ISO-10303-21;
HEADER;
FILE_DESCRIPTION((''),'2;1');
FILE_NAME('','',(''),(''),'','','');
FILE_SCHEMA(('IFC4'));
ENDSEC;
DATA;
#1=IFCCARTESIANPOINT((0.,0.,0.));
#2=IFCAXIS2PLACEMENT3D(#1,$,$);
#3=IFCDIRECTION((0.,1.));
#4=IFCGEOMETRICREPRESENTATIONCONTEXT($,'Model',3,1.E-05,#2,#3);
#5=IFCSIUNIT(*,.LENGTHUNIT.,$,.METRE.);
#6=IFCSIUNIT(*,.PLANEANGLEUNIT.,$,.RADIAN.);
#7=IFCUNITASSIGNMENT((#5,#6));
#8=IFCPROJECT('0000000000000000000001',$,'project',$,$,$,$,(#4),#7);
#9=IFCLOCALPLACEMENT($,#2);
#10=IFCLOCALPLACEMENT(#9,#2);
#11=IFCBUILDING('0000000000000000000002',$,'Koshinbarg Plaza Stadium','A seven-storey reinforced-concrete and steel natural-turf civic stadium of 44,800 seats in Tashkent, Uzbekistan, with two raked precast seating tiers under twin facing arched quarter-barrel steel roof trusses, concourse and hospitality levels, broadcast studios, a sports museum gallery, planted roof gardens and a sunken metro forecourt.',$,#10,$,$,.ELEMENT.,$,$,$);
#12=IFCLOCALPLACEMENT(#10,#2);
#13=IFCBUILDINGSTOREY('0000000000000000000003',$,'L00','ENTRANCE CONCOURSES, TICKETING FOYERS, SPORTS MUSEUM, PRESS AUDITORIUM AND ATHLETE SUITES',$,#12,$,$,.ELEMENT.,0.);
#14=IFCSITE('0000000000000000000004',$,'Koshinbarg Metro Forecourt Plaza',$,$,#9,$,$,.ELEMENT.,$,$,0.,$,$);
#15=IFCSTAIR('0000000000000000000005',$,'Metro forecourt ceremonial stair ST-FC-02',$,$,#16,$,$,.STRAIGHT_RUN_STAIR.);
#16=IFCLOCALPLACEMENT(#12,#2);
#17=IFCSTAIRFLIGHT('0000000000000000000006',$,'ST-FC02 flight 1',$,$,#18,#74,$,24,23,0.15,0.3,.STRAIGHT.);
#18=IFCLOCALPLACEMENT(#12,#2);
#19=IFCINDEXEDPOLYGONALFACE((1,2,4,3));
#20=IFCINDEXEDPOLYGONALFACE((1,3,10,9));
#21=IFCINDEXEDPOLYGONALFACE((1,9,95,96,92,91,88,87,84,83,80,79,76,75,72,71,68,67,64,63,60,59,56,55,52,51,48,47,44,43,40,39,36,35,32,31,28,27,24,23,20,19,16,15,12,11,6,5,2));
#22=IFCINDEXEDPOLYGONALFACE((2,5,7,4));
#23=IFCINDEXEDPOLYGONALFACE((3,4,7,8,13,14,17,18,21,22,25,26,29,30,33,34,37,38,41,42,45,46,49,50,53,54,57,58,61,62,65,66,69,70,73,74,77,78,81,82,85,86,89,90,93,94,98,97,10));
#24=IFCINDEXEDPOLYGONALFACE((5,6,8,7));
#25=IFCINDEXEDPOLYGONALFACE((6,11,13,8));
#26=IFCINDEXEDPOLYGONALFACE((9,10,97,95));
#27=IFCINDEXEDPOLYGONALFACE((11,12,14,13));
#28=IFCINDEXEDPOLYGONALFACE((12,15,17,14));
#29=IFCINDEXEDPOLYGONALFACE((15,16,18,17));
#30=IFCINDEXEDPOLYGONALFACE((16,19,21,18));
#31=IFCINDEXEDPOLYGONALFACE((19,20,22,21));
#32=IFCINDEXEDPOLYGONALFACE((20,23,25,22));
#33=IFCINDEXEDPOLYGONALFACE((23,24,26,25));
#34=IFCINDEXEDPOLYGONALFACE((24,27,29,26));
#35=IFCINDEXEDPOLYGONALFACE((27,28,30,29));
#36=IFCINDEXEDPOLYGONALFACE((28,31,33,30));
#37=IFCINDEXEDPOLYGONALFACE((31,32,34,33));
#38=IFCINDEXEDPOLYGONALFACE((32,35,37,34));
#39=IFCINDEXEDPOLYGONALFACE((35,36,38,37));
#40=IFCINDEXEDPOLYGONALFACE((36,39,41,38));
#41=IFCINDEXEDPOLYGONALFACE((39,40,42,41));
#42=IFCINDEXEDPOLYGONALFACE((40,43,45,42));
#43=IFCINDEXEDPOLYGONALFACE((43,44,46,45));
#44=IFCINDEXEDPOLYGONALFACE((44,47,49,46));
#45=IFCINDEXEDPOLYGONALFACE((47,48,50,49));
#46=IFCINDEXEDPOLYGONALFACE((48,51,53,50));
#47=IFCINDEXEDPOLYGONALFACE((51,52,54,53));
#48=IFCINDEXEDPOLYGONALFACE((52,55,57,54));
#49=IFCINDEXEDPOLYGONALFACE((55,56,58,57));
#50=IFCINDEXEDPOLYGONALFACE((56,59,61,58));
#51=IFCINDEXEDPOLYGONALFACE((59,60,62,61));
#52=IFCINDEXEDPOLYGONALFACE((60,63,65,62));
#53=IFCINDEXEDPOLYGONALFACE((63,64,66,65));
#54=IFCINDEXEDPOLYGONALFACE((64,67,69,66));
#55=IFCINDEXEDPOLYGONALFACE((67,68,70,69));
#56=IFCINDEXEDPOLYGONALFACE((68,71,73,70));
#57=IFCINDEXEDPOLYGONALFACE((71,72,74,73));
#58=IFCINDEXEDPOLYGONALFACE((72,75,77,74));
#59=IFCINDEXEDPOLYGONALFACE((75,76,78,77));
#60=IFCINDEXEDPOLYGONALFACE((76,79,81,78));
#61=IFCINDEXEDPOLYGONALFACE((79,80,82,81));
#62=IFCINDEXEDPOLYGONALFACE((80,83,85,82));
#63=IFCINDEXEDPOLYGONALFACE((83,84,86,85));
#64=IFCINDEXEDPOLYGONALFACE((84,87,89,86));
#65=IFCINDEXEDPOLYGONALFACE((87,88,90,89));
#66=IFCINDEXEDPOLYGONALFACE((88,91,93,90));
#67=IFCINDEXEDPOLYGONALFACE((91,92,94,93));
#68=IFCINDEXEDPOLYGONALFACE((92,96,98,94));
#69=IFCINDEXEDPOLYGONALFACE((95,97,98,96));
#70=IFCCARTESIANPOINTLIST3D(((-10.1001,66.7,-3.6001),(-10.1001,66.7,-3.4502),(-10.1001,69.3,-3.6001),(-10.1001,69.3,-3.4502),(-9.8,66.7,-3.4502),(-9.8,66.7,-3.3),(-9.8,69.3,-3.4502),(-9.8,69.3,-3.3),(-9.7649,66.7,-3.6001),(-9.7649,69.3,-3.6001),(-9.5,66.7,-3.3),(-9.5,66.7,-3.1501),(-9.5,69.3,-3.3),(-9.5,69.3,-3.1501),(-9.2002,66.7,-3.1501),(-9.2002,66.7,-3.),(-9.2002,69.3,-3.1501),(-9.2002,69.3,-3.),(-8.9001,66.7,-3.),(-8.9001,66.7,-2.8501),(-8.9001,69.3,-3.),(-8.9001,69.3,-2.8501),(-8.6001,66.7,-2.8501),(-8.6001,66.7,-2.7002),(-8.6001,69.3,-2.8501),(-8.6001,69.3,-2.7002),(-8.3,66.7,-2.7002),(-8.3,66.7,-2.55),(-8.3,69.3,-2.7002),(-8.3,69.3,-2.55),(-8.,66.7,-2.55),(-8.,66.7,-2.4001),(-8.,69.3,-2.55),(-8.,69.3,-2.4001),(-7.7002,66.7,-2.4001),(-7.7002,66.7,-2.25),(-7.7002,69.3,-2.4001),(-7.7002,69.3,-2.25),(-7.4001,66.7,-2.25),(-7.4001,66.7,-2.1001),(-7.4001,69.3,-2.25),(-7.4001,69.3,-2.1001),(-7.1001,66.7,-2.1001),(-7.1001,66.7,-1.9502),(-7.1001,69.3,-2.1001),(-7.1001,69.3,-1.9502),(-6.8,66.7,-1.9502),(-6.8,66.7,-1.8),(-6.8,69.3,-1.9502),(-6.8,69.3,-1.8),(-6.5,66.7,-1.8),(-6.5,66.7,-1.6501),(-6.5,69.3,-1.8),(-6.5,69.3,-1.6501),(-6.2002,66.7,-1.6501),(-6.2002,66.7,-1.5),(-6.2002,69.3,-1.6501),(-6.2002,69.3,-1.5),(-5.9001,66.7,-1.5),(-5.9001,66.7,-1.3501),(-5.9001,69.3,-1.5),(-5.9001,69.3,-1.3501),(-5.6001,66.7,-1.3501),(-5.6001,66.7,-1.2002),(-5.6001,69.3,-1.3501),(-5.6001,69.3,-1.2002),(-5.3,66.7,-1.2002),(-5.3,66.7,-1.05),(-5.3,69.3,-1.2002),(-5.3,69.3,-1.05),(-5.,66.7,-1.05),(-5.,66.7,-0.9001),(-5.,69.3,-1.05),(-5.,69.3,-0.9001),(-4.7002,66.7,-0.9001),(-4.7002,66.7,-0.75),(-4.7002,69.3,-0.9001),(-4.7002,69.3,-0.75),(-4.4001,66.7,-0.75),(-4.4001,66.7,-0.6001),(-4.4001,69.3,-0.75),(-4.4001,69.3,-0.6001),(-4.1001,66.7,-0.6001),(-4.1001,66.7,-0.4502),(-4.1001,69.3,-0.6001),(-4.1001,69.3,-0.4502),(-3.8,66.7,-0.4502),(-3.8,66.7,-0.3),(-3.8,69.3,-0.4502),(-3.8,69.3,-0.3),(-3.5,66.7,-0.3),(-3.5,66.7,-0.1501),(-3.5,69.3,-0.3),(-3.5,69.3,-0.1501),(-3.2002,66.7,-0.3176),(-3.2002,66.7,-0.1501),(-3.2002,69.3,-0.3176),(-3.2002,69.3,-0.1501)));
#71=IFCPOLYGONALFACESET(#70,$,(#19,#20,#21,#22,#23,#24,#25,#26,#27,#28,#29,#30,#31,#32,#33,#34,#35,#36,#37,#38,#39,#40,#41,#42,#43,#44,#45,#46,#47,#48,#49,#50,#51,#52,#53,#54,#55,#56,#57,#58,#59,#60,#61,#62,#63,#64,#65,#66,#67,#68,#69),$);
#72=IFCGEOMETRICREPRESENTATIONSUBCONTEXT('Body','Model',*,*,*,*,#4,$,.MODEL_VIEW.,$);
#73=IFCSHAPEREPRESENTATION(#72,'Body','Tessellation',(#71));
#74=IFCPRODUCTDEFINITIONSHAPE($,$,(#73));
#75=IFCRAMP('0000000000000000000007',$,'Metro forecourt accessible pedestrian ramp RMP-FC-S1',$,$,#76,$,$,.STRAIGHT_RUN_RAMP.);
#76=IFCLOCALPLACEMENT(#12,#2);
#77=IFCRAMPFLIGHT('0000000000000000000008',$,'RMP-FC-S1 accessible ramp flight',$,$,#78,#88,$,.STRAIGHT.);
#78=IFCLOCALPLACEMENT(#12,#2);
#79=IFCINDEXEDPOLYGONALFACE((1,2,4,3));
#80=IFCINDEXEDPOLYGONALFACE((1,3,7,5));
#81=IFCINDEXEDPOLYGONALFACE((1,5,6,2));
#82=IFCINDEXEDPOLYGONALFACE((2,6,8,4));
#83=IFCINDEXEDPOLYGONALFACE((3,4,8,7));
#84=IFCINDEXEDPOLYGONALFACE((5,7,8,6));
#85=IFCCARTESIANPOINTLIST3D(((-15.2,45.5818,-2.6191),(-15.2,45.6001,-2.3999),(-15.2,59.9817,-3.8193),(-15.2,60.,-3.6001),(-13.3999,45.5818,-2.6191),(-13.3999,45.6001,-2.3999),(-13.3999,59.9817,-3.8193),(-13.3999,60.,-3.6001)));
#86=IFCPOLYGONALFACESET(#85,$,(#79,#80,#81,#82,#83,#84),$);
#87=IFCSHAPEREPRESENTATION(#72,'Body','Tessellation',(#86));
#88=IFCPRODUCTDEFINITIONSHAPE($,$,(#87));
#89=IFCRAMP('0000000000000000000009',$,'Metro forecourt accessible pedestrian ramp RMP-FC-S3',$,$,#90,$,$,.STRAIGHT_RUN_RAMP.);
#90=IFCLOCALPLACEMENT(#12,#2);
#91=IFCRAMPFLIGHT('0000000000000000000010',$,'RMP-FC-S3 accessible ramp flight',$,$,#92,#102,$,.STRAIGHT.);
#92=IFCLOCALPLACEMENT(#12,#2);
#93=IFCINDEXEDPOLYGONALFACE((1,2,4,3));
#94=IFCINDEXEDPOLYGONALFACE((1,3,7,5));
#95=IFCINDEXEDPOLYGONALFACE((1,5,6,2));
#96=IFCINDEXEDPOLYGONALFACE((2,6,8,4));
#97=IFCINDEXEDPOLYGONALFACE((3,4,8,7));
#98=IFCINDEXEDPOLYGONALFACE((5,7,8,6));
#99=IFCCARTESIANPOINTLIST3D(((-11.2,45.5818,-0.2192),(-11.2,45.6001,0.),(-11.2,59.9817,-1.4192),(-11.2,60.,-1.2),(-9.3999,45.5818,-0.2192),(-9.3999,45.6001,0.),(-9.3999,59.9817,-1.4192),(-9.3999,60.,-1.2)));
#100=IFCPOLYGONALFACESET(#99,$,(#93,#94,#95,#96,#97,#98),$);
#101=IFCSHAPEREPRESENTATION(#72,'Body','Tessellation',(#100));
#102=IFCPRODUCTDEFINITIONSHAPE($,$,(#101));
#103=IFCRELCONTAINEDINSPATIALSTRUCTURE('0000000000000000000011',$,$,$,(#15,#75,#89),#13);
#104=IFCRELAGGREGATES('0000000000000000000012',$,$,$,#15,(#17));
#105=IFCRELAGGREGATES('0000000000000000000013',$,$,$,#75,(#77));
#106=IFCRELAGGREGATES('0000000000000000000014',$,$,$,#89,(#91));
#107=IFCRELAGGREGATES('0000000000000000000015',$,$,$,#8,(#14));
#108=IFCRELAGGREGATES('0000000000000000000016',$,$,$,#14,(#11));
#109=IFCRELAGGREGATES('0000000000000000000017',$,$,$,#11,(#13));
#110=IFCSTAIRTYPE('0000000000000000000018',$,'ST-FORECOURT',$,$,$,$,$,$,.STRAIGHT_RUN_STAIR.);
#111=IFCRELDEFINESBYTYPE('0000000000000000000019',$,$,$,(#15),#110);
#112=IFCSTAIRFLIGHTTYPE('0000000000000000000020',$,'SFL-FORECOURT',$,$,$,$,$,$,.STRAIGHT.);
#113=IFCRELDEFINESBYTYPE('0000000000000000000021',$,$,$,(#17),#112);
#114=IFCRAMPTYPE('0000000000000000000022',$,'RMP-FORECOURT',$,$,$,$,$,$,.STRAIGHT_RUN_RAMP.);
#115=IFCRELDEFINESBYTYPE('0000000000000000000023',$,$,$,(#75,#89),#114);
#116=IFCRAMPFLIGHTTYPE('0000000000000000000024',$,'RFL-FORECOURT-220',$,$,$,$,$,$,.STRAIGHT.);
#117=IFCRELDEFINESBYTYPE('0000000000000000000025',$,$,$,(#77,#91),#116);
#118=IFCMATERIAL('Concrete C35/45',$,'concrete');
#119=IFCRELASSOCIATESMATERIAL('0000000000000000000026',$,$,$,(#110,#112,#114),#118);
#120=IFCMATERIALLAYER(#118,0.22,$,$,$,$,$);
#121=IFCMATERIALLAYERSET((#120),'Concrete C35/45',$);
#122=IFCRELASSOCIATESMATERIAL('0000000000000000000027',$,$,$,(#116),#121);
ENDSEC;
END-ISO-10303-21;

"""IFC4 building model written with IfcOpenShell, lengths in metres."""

from ifc_helpers import new_model, si_unit, direction, frame, origin, place, context, subcontext, project, spatial, polyline, outline, extrude, material, layer, layer_set, type_object, element, aggregate, save


model = new_model("IFC4")

# Units and contexts
model_context = context("Model", 3, precision=1e-05, world=origin(), true_north=direction((0.0, 1.0)))
body_context = subcontext(model_context, "Body", "Model", "MODEL_VIEW")
ifc_project = project(units=[si_unit("LENGTHUNIT", "METRE"), si_unit("PLANEANGLEUNIT", "RADIAN")], contexts=[model_context])

# Site, building, storey
site_placement = place(None, origin())
site = spatial("IfcSite", under=ifc_project, at=site_placement, Name="Koshinbarg Metro Forecourt Plaza", CompositionType="ELEMENT", RefElevation=0.0)
building_placement = place(site_placement, origin())
building = spatial("IfcBuilding", under=site, at=building_placement, Name="Koshinbarg Plaza Stadium", Description="A seven-storey reinforced-concrete and steel natural-turf civic stadium of 44,800 seats in Tashkent, Uzbekistan, with two raked precast seating tiers under twin facing arched quarter-barrel steel roof trusses, concourse and hospitality levels, broadcast studios, a sports museum gallery, planted roof gardens and a sunken metro forecourt.", CompositionType="ELEMENT")
storey_placement = place(building_placement, origin())
storey = spatial("IfcBuildingStorey", under=building, at=storey_placement, Name="L00", Description="ENTRANCE CONCOURSES, TICKETING FOYERS, SPORTS MUSEUM, PRESS AUDITORIUM AND ATHLETE SUITES", CompositionType="ELEMENT", Elevation=0.0)

# Shared definitions
ifc_material_1 = material(Name="Concrete C35/45", Category="concrete")

# Stair, stair flight
stair_type = type_object("IfcStairType", Name="ST-FORECOURT", PredefinedType="STRAIGHT_RUN_STAIR", material=ifc_material_1)
stair_placement = place(storey_placement, origin())
stair = element("IfcStair", 1, at=stair_placement, inside=storey, type_object=stair_type, Name="Metro forecourt ceremonial stair ST-FC-02", PredefinedType="STRAIGHT_RUN_STAIR")
stair_flight_type = type_object("IfcStairFlightType", Name="SFL-FORECOURT", PredefinedType="STRAIGHT", material=ifc_material_1)
stair_flight_placement = place(storey_placement, frame((-10.1001, 68.0, -3.6001), z_axis=(0.0, 0.0, 1.0), x_axis=(1.0, 0.0, 0.0)))
stair_flight = element("IfcStairFlight", 2, at=stair_flight_placement, type_object=stair_flight_type, Name="ST-FC02 flight 1", NumberOfRisers=24, NumberOfTreads=23, PredefinedType="STRAIGHT", RiserHeight=0.15, TreadLength=0.3, context=body_context, shape_type="SweptSolid", body=[
    extrude(outline(polyline([(0.0, 0.0), (0.0, 0.1499), (0.3, 0.1499), (0.3, 0.3), (0.6001, 0.3), (0.6001, 0.45), (0.8999, 0.45), (0.8999, 0.6001), (1.2, 0.6001), (1.2, 0.75), (1.5, 0.75), (1.5, 0.8999), (1.8, 0.8999), (1.8, 1.05), (2.1001, 1.05), (2.1001, 1.2), (2.3999, 1.2), (2.3999, 1.3501), (2.7, 1.3501), (2.7, 1.5), (3.0, 1.5), (3.0, 1.6499), (3.3, 1.6499), (3.3, 1.8), (3.6001, 1.8), (3.6001, 1.95), (3.8999, 1.95), (3.8999, 2.1001), (4.2, 2.1001), (4.2, 2.25), (4.5, 2.25), (4.5, 2.3999), (4.8, 2.3999), (4.8, 2.55), (5.1001, 2.55), (5.1001, 2.7), (5.3999, 2.7), (5.3999, 2.8501), (5.7, 2.8501), (5.7, 3.0), (6.0, 3.0), (6.0, 3.1499), (6.3, 3.1499), (6.3, 3.3), (6.6001, 3.3), (6.6001, 3.45), (6.8999, 3.45), (6.8999, 3.6001), (6.8999, 3.2825), (0.3352, 0.0), (0.0, 0.0)])), frame((0.0, 1.3, 0.0), z_axis=(0.0, -1.0, 0.0), x_axis=(1.0, 0.0, 0.0)), (0.0, 0.0, 1.0), 2.6001),
])
aggregate(stair, [stair_flight])

# Ramps, ramp flights
ramp_type = type_object("IfcRampType", Name="RMP-FORECOURT", PredefinedType="STRAIGHT_RUN_RAMP", material=ifc_material_1)
ramp_1_placement = place(storey_placement, origin())
ramp_1 = element("IfcRamp", 3, at=ramp_1_placement, inside=storey, type_object=ramp_type, Name="Metro forecourt accessible pedestrian ramp RMP-FC-S1", PredefinedType="STRAIGHT_RUN_RAMP")
ifc_layer_1 = layer(ifc_material_1, 0.22)
ifc_layer_set_1 = layer_set([ifc_layer_1], Name="Concrete C35/45")
ramp_flight_type = type_object("IfcRampFlightType", Name="RFL-FORECOURT-220", PredefinedType="STRAIGHT", material=ifc_layer_set_1)
ramp_flight_1_placement = place(storey_placement, frame((-13.3999, 60.0, -3.6001), z_axis=(0.0, 0.083059, 0.996545), x_axis=(-1.0, 0.0, 0.0)))
ramp_flight_1 = element("IfcRampFlight", 4, at=ramp_flight_1_placement, type_object=ramp_flight_type, Name="RMP-FC-S1 accessible ramp flight", PredefinedType="STRAIGHT", context=body_context, shape_type="SweptSolid", body=[
    extrude(outline(polyline([(0.0, 0.0), (1.8, 0.0), (1.8, 14.4498), (0.0, 14.4498), (0.0, 0.0)])), origin(), (0.0, 0.0, -1.0), 0.22),
])
aggregate(ramp_1, [ramp_flight_1])
ramp_2_placement = place(storey_placement, origin())
ramp_2 = element("IfcRamp", 5, at=ramp_2_placement, inside=storey, type_object=ramp_type, Name="Metro forecourt accessible pedestrian ramp RMP-FC-S3", PredefinedType="STRAIGHT_RUN_RAMP")
ramp_flight_2_placement = place(storey_placement, frame((-9.3999, 60.0, -1.2), z_axis=(0.0, 0.083043, 0.996546), x_axis=(-1.0, 0.0, 0.0)))
ramp_flight_2 = element("IfcRampFlight", 6, at=ramp_flight_2_placement, type_object=ramp_flight_type, Name="RMP-FC-S3 accessible ramp flight", PredefinedType="STRAIGHT", context=body_context, shape_type="SweptSolid", body=[
    extrude(outline(polyline([(0.0, 0.0), (1.8, 0.0), (1.8, 14.4498), (0.0, 14.4498), (0.0, 0.0)])), origin(), (0.0, 0.0, -1.0), 0.22),
])
aggregate(ramp_2, [ramp_flight_2])

save(model, "model.ifc")
